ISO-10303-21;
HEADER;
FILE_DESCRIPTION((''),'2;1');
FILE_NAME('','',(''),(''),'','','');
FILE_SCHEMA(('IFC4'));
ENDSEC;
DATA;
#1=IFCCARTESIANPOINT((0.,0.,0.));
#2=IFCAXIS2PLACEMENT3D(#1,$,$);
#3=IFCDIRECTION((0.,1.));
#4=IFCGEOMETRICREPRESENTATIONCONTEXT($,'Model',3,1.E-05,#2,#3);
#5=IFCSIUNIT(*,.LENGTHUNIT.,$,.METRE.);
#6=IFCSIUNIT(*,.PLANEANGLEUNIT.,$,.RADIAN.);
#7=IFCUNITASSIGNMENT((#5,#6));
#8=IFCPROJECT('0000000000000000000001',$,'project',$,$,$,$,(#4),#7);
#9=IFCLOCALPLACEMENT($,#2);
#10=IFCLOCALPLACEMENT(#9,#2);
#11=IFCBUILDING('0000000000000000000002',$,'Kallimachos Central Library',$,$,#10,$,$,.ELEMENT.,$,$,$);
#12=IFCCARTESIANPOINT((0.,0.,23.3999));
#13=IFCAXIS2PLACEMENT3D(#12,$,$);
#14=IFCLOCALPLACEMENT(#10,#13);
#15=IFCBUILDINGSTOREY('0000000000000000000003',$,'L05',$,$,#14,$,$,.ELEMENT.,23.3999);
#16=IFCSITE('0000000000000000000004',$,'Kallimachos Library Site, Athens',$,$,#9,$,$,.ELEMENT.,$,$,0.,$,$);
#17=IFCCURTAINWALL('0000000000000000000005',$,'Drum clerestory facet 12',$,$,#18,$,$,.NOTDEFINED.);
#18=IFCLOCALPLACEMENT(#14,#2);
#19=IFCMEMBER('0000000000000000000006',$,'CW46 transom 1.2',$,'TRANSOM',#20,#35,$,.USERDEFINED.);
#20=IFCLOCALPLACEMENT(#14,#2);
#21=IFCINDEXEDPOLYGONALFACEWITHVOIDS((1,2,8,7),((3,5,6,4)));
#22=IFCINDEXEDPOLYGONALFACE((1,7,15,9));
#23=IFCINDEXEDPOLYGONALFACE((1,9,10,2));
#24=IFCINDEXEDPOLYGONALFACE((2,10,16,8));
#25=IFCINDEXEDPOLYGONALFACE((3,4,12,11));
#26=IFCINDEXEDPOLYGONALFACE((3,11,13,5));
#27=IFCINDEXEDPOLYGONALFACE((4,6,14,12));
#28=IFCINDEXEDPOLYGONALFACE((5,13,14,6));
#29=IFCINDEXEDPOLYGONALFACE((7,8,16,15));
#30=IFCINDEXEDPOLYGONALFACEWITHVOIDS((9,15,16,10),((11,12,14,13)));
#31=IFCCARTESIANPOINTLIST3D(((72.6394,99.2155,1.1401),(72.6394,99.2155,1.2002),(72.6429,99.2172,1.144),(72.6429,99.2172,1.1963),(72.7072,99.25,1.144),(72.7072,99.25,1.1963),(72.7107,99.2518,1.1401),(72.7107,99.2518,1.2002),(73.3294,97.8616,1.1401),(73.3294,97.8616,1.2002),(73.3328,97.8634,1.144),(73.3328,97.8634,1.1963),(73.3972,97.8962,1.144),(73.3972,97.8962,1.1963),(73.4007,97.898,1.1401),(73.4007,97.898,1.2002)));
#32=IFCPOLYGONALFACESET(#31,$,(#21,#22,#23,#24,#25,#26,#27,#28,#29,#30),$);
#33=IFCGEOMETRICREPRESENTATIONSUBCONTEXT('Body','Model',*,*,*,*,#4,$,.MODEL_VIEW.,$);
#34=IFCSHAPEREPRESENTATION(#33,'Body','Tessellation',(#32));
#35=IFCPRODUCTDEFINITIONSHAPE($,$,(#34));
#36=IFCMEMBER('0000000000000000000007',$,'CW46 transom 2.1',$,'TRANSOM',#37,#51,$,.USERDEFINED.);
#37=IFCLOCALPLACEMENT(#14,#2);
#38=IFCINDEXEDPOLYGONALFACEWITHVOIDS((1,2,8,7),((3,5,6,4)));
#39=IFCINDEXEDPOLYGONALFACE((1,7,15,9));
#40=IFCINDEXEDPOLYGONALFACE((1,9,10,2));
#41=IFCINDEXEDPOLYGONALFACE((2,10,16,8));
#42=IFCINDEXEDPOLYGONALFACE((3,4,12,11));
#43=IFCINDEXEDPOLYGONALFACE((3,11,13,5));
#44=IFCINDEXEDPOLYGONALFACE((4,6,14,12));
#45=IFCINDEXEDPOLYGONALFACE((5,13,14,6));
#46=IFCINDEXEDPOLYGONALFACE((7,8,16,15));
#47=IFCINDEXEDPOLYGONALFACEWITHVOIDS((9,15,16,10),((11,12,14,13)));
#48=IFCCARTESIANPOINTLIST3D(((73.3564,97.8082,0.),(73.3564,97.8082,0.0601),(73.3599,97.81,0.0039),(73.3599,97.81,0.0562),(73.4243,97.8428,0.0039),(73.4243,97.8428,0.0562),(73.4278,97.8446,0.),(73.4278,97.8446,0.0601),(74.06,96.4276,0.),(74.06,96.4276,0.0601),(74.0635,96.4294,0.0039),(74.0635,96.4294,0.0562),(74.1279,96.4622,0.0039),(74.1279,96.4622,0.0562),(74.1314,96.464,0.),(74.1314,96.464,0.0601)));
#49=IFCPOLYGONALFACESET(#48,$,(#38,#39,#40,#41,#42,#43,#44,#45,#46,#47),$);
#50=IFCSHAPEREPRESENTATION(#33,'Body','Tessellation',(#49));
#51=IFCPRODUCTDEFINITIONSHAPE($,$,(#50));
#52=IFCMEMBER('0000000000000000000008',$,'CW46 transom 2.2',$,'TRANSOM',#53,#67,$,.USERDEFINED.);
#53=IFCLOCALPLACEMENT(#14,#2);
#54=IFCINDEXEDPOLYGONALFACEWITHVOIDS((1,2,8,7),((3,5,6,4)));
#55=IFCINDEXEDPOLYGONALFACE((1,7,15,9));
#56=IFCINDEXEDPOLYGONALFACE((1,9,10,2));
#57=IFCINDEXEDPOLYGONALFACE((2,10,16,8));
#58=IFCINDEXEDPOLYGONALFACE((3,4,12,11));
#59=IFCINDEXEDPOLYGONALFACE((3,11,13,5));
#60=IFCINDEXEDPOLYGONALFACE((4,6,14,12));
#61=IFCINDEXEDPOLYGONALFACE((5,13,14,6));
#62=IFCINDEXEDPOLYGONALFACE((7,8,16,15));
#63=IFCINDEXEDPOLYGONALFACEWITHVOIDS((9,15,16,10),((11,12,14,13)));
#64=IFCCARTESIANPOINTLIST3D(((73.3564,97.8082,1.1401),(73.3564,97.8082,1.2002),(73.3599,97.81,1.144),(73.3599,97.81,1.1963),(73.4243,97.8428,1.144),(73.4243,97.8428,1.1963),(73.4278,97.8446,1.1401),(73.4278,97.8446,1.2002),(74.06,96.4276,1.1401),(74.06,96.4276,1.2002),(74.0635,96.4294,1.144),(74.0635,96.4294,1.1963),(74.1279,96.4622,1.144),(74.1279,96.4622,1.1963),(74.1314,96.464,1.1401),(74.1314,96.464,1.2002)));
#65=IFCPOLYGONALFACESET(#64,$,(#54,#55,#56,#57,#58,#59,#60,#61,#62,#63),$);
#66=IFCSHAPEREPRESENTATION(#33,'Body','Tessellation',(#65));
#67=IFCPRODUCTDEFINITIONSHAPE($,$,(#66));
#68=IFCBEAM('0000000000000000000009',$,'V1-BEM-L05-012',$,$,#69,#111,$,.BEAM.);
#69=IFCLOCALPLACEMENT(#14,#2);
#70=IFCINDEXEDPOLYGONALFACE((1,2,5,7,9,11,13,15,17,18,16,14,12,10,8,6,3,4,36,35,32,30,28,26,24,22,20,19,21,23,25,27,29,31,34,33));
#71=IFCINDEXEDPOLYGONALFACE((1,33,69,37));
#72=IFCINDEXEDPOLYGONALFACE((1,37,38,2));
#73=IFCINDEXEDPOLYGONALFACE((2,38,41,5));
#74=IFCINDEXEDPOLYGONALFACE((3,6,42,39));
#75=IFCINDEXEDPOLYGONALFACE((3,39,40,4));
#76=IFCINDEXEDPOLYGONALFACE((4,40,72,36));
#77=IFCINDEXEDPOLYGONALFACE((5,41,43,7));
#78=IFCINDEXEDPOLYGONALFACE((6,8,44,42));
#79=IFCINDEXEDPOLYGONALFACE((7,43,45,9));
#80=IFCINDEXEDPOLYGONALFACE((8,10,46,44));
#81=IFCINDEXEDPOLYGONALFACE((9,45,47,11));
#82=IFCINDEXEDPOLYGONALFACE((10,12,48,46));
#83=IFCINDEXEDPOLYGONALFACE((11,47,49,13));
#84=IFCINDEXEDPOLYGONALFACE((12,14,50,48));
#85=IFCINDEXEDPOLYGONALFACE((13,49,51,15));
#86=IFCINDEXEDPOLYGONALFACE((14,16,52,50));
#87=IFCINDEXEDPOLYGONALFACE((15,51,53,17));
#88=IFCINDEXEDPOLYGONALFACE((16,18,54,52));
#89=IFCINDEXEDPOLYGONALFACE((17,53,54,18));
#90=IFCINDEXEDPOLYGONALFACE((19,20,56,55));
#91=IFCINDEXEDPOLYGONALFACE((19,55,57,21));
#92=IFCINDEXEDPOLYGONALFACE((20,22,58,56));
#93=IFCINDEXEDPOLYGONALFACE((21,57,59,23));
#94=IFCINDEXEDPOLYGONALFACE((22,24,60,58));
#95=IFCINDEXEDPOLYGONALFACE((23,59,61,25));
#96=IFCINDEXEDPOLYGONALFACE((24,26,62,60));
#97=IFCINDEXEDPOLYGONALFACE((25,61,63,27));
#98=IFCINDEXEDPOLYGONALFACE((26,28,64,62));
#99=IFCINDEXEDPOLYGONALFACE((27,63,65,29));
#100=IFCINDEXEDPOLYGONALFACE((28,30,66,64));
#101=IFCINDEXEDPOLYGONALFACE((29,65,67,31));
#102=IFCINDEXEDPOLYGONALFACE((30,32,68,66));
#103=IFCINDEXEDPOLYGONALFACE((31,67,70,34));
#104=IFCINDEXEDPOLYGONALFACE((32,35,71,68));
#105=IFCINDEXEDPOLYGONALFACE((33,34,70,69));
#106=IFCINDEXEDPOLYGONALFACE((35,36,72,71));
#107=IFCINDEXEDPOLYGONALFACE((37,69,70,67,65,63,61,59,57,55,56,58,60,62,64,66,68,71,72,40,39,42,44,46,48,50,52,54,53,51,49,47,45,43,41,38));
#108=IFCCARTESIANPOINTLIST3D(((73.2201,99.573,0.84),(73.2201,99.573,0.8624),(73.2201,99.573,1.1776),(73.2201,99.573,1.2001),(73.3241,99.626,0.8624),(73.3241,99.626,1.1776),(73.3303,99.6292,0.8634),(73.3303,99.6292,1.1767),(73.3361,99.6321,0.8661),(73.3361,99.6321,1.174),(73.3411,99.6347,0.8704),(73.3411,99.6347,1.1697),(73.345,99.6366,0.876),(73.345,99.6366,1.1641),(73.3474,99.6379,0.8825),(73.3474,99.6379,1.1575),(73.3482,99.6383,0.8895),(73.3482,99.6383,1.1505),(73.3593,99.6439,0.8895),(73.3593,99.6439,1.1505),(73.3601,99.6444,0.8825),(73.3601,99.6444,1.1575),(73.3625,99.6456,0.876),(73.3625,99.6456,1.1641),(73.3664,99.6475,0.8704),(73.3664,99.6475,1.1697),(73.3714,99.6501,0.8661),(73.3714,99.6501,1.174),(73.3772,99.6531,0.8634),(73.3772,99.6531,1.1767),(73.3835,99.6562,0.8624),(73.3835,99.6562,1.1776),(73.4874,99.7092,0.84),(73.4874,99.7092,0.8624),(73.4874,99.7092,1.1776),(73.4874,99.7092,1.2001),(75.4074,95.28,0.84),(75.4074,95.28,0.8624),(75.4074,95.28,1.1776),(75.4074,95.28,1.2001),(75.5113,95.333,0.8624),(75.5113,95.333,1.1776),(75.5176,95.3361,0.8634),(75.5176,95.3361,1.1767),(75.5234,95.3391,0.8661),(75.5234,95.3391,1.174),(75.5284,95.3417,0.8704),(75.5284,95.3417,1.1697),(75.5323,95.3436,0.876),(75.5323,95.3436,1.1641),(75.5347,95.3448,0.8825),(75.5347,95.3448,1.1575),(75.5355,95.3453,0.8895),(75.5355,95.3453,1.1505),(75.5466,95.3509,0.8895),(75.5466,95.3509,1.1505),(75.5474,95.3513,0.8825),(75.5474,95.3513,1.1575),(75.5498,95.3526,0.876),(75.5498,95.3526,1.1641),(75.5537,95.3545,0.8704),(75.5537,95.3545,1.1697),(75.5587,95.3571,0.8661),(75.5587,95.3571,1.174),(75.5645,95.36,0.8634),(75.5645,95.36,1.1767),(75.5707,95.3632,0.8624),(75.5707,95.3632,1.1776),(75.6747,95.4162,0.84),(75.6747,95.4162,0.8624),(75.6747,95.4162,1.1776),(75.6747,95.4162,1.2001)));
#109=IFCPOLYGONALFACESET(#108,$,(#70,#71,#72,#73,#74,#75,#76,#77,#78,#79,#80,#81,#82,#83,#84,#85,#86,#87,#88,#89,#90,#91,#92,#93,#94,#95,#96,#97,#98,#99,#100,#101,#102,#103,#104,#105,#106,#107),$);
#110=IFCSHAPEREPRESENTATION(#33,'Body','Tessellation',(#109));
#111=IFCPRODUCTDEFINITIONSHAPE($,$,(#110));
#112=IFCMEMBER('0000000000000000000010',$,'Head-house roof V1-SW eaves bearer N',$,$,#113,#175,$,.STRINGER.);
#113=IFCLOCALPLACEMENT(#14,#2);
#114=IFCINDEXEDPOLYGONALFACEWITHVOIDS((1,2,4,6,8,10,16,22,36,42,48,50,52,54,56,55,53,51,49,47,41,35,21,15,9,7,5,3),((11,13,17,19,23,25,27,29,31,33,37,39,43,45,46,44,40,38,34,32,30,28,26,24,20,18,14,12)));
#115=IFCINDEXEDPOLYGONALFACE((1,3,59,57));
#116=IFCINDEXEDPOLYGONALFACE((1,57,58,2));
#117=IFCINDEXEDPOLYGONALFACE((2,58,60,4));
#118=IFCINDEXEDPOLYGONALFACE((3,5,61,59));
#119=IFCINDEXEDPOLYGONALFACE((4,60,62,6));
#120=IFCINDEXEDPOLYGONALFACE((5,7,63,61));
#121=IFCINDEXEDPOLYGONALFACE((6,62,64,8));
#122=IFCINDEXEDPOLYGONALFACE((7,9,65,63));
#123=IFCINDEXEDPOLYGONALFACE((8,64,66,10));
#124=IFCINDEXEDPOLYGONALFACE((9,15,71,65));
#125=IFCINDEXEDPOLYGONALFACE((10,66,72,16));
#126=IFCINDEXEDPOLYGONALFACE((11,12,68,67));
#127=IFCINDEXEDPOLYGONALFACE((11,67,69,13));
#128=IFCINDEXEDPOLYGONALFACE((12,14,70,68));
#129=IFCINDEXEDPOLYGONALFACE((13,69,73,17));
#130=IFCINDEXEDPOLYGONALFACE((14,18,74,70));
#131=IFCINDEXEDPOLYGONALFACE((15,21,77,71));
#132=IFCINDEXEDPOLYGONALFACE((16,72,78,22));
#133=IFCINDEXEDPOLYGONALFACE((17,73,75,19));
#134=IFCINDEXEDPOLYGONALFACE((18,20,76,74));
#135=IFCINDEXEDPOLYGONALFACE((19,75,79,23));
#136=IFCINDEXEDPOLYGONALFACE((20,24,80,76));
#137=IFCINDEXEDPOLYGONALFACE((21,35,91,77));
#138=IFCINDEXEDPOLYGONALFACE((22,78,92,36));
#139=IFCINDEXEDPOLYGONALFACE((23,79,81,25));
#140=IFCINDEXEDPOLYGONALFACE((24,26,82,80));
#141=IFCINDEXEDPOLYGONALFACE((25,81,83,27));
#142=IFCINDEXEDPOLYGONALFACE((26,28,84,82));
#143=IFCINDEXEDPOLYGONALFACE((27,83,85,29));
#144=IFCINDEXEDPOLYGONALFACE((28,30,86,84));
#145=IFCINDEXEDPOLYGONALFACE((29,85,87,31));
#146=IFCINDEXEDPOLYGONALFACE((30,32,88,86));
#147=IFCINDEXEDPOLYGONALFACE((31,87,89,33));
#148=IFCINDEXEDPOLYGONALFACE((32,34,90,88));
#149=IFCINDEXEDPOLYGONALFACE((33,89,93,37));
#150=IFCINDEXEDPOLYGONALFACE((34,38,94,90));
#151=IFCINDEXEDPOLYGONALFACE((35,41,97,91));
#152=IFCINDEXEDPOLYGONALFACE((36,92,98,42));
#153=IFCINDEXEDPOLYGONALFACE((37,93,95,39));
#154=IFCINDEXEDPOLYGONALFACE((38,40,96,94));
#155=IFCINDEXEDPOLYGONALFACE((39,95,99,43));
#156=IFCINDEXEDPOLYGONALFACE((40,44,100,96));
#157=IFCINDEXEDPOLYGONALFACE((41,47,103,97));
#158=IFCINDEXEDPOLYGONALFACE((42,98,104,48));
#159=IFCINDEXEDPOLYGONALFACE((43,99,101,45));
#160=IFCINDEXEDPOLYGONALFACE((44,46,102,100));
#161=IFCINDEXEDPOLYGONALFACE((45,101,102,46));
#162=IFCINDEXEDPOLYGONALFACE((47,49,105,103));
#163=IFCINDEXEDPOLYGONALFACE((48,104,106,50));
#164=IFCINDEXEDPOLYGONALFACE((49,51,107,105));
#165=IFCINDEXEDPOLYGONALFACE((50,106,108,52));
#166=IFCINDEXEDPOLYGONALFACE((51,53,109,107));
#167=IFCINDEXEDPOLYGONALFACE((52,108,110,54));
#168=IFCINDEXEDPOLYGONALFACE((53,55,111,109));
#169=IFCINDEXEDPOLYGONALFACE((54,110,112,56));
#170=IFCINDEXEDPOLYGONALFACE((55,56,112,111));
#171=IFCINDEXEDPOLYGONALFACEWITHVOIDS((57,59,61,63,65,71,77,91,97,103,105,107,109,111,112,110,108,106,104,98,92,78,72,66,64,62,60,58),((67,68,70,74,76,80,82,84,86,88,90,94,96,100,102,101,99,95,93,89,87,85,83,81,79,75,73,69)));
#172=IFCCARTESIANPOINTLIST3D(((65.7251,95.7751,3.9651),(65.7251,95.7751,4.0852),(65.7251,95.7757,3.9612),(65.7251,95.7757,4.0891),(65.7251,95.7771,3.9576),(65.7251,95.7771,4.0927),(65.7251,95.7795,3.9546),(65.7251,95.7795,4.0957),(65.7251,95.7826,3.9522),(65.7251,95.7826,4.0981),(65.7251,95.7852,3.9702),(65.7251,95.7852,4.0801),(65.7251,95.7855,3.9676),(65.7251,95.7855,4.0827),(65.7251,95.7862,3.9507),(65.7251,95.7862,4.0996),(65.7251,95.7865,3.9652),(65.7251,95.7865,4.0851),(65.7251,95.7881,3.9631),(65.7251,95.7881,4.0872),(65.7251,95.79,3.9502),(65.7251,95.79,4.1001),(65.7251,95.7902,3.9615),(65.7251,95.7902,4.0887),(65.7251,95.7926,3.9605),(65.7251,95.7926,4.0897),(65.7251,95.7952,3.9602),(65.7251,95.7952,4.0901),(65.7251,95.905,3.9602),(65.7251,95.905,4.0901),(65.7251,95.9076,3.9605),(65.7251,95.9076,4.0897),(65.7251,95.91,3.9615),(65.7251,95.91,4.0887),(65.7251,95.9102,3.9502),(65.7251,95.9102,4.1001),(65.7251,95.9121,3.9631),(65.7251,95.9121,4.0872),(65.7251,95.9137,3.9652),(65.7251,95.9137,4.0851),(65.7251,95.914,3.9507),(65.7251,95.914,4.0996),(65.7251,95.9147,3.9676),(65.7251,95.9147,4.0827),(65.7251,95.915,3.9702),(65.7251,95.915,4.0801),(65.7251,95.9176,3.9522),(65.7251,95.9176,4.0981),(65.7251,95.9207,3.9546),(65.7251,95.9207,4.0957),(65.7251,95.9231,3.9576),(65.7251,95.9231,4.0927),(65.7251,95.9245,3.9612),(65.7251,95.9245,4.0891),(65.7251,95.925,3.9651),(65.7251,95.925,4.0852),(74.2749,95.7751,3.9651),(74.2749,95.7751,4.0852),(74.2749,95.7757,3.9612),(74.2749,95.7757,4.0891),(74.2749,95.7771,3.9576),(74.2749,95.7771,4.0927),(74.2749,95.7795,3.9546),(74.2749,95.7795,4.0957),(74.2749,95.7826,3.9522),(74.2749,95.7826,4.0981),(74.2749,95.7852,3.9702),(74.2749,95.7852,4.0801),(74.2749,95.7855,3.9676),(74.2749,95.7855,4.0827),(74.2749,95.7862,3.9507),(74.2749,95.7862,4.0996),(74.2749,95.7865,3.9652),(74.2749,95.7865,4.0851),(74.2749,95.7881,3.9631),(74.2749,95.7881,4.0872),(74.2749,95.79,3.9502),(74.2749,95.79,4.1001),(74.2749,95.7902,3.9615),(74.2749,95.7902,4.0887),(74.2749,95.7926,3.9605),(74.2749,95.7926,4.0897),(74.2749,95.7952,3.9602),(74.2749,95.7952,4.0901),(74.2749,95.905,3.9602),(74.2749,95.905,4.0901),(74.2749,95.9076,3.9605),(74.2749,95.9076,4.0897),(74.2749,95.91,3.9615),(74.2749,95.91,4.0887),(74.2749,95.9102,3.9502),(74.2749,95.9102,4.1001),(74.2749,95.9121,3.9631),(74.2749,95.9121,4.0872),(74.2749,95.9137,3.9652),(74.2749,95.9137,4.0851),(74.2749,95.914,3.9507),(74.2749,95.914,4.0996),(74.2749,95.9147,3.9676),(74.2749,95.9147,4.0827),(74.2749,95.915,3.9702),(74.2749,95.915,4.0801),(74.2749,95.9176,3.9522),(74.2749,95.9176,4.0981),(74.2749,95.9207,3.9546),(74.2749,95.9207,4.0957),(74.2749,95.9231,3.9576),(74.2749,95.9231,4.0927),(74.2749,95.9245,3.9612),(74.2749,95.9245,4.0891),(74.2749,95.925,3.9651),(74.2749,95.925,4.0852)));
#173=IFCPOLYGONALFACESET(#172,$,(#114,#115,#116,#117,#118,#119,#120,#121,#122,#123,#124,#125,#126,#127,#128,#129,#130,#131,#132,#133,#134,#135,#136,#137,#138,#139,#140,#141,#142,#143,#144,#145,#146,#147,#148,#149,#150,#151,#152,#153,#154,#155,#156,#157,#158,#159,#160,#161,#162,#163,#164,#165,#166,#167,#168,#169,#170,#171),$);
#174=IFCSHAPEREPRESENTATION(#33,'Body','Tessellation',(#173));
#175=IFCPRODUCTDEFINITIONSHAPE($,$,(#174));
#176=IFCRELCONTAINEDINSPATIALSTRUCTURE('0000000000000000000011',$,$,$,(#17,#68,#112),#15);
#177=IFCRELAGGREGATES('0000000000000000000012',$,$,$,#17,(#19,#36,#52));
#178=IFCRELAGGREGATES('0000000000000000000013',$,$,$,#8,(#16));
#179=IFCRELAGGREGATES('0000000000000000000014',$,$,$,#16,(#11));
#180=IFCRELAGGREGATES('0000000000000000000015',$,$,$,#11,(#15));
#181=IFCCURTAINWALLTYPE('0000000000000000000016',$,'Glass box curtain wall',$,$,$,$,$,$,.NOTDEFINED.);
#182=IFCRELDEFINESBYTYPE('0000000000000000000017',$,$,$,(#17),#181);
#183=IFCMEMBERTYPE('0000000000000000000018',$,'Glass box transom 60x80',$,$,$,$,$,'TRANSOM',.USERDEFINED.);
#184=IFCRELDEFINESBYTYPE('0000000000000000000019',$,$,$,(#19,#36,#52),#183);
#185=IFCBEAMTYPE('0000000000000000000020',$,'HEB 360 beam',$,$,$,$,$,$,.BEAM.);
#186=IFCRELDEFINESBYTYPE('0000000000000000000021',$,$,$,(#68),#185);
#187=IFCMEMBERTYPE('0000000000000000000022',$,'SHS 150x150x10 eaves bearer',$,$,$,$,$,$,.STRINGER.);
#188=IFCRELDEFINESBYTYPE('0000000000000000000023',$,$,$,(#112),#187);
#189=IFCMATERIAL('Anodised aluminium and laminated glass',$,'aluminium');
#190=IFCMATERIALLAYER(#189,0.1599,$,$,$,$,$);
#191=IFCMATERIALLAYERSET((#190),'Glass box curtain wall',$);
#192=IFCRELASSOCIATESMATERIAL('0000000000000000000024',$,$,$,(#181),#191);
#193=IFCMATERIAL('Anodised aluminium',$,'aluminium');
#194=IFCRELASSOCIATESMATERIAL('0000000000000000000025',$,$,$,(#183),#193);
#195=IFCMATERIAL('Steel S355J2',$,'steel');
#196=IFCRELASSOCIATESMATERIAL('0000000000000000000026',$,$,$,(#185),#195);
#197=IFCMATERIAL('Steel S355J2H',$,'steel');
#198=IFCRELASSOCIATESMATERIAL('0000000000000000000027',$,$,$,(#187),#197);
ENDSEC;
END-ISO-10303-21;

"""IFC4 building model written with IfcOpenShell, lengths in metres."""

from ifc_helpers import new_model, si_unit, direction, frame, origin, origin_2d, place, context, subcontext, project, spatial, hollow_rectangle, i_section, extrude, material, layer, layer_set, material_profile, profile_set, type_object, element, aggregate, save


model = new_model("IFC4")

# Units and contexts
model_context = context("Model", 3, precision=1e-05, world=origin(), true_north=direction((0.0, 1.0)))
body_context = subcontext(model_context, "Body", "Model", "MODEL_VIEW")
ifc_project = project(units=[si_unit("LENGTHUNIT", "METRE"), si_unit("PLANEANGLEUNIT", "RADIAN")], contexts=[model_context])

# Site, building, storey
site_placement = place(None, origin())
site = spatial("IfcSite", under=ifc_project, at=site_placement, Name="Kallimachos Library Site, Athens", CompositionType="ELEMENT", RefElevation=0.0)
building_placement = place(site_placement, origin())
building = spatial("IfcBuilding", under=site, at=building_placement, Name="Kallimachos Central Library", CompositionType="ELEMENT")
storey_placement = place(building_placement, frame((0.0, 0.0, 23.3999)))
storey = spatial("IfcBuildingStorey", under=building, at=storey_placement, Name="L05", CompositionType="ELEMENT", Elevation=23.3999)

# Shared definitions
ifc_material_1 = material(Name="Anodised aluminium and laminated glass", Category="aluminium")
ifc_layer_1 = layer(ifc_material_1, 0.1599)
ifc_layer_set_1 = layer_set([ifc_layer_1], Name="Glass box curtain wall")
curtain_wall_type = type_object("IfcCurtainWallType", Name="Glass box curtain wall", PredefinedType="NOTDEFINED", material=ifc_layer_set_1)

# Curtain wall, members
curtain_wall_1_placement = place(storey_placement, origin())
curtain_wall_1 = element("IfcCurtainWall", 1, at=curtain_wall_1_placement, inside=storey, type_object=curtain_wall_type, Name="Drum clerestory facet 12", PredefinedType="NOTDEFINED")
ifc_material_2 = material(Name="Anodised aluminium", Category="aluminium")
ifc_material_profile_1 = material_profile(ifc_material_2, hollow_rectangle(XDim=0.0601, YDim=0.0801, WallThickness=0.0039, at=origin_2d()), Name="ALU TRANSOM 60x80")
ifc_profile_set_1 = profile_set([ifc_material_profile_1], Name="Anodised aluminium")
member_type_1 = type_object("IfcMemberType", Name="Glass box transom 60x80", ElementType="TRANSOM", PredefinedType="USERDEFINED", material=ifc_profile_set_1)
member_1_placement = place(storey_placement, frame((72.675, 99.2336, 1.1702), z_axis=(0.454077, -0.890962, 0.0), x_axis=(0.0, 0.0, 1.0)))
member_1 = element("IfcMember", 2, at=member_1_placement, type_object=member_type_1, Name="CW46 transom 1.2", ObjectType="TRANSOM", PredefinedType="USERDEFINED", context=body_context, shape_type="SweptSolid", body=[
    extrude(hollow_rectangle(XDim=0.0601, YDim=0.0801, WallThickness=0.0039, at=origin_2d()), origin(), (0.0, 0.0, 1.0), 1.5195),
])
member_2_placement = place(storey_placement, frame((73.3921, 97.8264, 0.03), z_axis=(0.45407, -0.890966, 0.0), x_axis=(0.0, 0.0, 1.0)))
member_2 = element("IfcMember", 3, at=member_2_placement, type_object=member_type_1, Name="CW46 transom 2.1", ObjectType="TRANSOM", PredefinedType="USERDEFINED", context=body_context, shape_type="SweptSolid", body=[
    extrude(hollow_rectangle(XDim=0.0601, YDim=0.0801, WallThickness=0.0039, at=origin_2d()), origin(), (0.0, 0.0, 1.0), 1.5496),
])
member_3_placement = place(storey_placement, frame((73.3921, 97.8264, 1.1702), z_axis=(0.45407, -0.890966, 0.0), x_axis=(0.0, 0.0, 1.0)))
member_3 = element("IfcMember", 4, at=member_3_placement, type_object=member_type_1, Name="CW46 transom 2.2", ObjectType="TRANSOM", PredefinedType="USERDEFINED", context=body_context, shape_type="SweptSolid", body=[
    extrude(hollow_rectangle(XDim=0.0601, YDim=0.0801, WallThickness=0.0039, at=origin_2d()), origin(), (0.0, 0.0, 1.0), 1.5496),
])

# Beam
ifc_material_3 = material(Name="Steel S355J2", Category="steel")
ifc_material_profile_2 = material_profile(ifc_material_3, i_section(OverallWidth=0.3, OverallDepth=0.3601, WebThickness=0.0125, FlangeThickness=0.0225, FilletRadius=0.0271, at=origin_2d()), Name="HEB 360")
ifc_profile_set_2 = profile_set([ifc_material_profile_2], Name="Steel S355J2")
beam_type = type_object("IfcBeamType", Name="HEB 360 beam", PredefinedType="BEAM", material=ifc_profile_set_2)
beam_placement = place(storey_placement, frame((73.3538, 99.6411, 1.02), z_axis=(0.453971, -0.891017, 0.0), x_axis=(0.891017, 0.453971, 0.0)))
element("IfcBeam", 5, at=beam_placement, inside=storey, type_object=beam_type, Name="V1-BEM-L05-012", PredefinedType="BEAM", context=body_context, shape_type="SweptSolid", body=[
    extrude(i_section(OverallWidth=0.3, OverallDepth=0.3601, WebThickness=0.0125, FlangeThickness=0.0225, FilletRadius=0.0271, at=origin_2d()), origin(), (0.0, 0.0, 1.0), 4.8181),
])

# Member
ifc_material_4 = material(Name="Steel S355J2H", Category="steel")
ifc_material_profile_3 = material_profile(ifc_material_4, hollow_rectangle(XDim=0.1499, YDim=0.1499, WallThickness=0.01, InnerFilletRadius=0.01, OuterFilletRadius=0.0149, at=origin_2d()), Name="SHS 150x150x10")
ifc_profile_set_3 = profile_set([ifc_material_profile_3], Name="Steel S355J2H")
member_type_2 = type_object("IfcMemberType", Name="SHS 150x150x10 eaves bearer", PredefinedType="STRINGER", material=ifc_profile_set_3)
member_4_placement = place(storey_placement, frame((65.7251, 95.8501, 4.0251), z_axis=(1.0, 0.0, 0.0), x_axis=(0.0, 1.0, 0.0)))
element("IfcMember", 6, at=member_4_placement, inside=storey, type_object=member_type_2, Name="Head-house roof V1-SW eaves bearer N", PredefinedType="STRINGER", context=body_context, shape_type="SweptSolid", body=[
    extrude(hollow_rectangle(XDim=0.1499, YDim=0.1499, WallThickness=0.01, InnerFilletRadius=0.01, OuterFilletRadius=0.0149, at=origin_2d()), origin(), (0.0, 0.0, 1.0), 8.5498),
])

aggregate(curtain_wall_1, [member_1, member_2, member_3])

save(model, "model.ifc")
